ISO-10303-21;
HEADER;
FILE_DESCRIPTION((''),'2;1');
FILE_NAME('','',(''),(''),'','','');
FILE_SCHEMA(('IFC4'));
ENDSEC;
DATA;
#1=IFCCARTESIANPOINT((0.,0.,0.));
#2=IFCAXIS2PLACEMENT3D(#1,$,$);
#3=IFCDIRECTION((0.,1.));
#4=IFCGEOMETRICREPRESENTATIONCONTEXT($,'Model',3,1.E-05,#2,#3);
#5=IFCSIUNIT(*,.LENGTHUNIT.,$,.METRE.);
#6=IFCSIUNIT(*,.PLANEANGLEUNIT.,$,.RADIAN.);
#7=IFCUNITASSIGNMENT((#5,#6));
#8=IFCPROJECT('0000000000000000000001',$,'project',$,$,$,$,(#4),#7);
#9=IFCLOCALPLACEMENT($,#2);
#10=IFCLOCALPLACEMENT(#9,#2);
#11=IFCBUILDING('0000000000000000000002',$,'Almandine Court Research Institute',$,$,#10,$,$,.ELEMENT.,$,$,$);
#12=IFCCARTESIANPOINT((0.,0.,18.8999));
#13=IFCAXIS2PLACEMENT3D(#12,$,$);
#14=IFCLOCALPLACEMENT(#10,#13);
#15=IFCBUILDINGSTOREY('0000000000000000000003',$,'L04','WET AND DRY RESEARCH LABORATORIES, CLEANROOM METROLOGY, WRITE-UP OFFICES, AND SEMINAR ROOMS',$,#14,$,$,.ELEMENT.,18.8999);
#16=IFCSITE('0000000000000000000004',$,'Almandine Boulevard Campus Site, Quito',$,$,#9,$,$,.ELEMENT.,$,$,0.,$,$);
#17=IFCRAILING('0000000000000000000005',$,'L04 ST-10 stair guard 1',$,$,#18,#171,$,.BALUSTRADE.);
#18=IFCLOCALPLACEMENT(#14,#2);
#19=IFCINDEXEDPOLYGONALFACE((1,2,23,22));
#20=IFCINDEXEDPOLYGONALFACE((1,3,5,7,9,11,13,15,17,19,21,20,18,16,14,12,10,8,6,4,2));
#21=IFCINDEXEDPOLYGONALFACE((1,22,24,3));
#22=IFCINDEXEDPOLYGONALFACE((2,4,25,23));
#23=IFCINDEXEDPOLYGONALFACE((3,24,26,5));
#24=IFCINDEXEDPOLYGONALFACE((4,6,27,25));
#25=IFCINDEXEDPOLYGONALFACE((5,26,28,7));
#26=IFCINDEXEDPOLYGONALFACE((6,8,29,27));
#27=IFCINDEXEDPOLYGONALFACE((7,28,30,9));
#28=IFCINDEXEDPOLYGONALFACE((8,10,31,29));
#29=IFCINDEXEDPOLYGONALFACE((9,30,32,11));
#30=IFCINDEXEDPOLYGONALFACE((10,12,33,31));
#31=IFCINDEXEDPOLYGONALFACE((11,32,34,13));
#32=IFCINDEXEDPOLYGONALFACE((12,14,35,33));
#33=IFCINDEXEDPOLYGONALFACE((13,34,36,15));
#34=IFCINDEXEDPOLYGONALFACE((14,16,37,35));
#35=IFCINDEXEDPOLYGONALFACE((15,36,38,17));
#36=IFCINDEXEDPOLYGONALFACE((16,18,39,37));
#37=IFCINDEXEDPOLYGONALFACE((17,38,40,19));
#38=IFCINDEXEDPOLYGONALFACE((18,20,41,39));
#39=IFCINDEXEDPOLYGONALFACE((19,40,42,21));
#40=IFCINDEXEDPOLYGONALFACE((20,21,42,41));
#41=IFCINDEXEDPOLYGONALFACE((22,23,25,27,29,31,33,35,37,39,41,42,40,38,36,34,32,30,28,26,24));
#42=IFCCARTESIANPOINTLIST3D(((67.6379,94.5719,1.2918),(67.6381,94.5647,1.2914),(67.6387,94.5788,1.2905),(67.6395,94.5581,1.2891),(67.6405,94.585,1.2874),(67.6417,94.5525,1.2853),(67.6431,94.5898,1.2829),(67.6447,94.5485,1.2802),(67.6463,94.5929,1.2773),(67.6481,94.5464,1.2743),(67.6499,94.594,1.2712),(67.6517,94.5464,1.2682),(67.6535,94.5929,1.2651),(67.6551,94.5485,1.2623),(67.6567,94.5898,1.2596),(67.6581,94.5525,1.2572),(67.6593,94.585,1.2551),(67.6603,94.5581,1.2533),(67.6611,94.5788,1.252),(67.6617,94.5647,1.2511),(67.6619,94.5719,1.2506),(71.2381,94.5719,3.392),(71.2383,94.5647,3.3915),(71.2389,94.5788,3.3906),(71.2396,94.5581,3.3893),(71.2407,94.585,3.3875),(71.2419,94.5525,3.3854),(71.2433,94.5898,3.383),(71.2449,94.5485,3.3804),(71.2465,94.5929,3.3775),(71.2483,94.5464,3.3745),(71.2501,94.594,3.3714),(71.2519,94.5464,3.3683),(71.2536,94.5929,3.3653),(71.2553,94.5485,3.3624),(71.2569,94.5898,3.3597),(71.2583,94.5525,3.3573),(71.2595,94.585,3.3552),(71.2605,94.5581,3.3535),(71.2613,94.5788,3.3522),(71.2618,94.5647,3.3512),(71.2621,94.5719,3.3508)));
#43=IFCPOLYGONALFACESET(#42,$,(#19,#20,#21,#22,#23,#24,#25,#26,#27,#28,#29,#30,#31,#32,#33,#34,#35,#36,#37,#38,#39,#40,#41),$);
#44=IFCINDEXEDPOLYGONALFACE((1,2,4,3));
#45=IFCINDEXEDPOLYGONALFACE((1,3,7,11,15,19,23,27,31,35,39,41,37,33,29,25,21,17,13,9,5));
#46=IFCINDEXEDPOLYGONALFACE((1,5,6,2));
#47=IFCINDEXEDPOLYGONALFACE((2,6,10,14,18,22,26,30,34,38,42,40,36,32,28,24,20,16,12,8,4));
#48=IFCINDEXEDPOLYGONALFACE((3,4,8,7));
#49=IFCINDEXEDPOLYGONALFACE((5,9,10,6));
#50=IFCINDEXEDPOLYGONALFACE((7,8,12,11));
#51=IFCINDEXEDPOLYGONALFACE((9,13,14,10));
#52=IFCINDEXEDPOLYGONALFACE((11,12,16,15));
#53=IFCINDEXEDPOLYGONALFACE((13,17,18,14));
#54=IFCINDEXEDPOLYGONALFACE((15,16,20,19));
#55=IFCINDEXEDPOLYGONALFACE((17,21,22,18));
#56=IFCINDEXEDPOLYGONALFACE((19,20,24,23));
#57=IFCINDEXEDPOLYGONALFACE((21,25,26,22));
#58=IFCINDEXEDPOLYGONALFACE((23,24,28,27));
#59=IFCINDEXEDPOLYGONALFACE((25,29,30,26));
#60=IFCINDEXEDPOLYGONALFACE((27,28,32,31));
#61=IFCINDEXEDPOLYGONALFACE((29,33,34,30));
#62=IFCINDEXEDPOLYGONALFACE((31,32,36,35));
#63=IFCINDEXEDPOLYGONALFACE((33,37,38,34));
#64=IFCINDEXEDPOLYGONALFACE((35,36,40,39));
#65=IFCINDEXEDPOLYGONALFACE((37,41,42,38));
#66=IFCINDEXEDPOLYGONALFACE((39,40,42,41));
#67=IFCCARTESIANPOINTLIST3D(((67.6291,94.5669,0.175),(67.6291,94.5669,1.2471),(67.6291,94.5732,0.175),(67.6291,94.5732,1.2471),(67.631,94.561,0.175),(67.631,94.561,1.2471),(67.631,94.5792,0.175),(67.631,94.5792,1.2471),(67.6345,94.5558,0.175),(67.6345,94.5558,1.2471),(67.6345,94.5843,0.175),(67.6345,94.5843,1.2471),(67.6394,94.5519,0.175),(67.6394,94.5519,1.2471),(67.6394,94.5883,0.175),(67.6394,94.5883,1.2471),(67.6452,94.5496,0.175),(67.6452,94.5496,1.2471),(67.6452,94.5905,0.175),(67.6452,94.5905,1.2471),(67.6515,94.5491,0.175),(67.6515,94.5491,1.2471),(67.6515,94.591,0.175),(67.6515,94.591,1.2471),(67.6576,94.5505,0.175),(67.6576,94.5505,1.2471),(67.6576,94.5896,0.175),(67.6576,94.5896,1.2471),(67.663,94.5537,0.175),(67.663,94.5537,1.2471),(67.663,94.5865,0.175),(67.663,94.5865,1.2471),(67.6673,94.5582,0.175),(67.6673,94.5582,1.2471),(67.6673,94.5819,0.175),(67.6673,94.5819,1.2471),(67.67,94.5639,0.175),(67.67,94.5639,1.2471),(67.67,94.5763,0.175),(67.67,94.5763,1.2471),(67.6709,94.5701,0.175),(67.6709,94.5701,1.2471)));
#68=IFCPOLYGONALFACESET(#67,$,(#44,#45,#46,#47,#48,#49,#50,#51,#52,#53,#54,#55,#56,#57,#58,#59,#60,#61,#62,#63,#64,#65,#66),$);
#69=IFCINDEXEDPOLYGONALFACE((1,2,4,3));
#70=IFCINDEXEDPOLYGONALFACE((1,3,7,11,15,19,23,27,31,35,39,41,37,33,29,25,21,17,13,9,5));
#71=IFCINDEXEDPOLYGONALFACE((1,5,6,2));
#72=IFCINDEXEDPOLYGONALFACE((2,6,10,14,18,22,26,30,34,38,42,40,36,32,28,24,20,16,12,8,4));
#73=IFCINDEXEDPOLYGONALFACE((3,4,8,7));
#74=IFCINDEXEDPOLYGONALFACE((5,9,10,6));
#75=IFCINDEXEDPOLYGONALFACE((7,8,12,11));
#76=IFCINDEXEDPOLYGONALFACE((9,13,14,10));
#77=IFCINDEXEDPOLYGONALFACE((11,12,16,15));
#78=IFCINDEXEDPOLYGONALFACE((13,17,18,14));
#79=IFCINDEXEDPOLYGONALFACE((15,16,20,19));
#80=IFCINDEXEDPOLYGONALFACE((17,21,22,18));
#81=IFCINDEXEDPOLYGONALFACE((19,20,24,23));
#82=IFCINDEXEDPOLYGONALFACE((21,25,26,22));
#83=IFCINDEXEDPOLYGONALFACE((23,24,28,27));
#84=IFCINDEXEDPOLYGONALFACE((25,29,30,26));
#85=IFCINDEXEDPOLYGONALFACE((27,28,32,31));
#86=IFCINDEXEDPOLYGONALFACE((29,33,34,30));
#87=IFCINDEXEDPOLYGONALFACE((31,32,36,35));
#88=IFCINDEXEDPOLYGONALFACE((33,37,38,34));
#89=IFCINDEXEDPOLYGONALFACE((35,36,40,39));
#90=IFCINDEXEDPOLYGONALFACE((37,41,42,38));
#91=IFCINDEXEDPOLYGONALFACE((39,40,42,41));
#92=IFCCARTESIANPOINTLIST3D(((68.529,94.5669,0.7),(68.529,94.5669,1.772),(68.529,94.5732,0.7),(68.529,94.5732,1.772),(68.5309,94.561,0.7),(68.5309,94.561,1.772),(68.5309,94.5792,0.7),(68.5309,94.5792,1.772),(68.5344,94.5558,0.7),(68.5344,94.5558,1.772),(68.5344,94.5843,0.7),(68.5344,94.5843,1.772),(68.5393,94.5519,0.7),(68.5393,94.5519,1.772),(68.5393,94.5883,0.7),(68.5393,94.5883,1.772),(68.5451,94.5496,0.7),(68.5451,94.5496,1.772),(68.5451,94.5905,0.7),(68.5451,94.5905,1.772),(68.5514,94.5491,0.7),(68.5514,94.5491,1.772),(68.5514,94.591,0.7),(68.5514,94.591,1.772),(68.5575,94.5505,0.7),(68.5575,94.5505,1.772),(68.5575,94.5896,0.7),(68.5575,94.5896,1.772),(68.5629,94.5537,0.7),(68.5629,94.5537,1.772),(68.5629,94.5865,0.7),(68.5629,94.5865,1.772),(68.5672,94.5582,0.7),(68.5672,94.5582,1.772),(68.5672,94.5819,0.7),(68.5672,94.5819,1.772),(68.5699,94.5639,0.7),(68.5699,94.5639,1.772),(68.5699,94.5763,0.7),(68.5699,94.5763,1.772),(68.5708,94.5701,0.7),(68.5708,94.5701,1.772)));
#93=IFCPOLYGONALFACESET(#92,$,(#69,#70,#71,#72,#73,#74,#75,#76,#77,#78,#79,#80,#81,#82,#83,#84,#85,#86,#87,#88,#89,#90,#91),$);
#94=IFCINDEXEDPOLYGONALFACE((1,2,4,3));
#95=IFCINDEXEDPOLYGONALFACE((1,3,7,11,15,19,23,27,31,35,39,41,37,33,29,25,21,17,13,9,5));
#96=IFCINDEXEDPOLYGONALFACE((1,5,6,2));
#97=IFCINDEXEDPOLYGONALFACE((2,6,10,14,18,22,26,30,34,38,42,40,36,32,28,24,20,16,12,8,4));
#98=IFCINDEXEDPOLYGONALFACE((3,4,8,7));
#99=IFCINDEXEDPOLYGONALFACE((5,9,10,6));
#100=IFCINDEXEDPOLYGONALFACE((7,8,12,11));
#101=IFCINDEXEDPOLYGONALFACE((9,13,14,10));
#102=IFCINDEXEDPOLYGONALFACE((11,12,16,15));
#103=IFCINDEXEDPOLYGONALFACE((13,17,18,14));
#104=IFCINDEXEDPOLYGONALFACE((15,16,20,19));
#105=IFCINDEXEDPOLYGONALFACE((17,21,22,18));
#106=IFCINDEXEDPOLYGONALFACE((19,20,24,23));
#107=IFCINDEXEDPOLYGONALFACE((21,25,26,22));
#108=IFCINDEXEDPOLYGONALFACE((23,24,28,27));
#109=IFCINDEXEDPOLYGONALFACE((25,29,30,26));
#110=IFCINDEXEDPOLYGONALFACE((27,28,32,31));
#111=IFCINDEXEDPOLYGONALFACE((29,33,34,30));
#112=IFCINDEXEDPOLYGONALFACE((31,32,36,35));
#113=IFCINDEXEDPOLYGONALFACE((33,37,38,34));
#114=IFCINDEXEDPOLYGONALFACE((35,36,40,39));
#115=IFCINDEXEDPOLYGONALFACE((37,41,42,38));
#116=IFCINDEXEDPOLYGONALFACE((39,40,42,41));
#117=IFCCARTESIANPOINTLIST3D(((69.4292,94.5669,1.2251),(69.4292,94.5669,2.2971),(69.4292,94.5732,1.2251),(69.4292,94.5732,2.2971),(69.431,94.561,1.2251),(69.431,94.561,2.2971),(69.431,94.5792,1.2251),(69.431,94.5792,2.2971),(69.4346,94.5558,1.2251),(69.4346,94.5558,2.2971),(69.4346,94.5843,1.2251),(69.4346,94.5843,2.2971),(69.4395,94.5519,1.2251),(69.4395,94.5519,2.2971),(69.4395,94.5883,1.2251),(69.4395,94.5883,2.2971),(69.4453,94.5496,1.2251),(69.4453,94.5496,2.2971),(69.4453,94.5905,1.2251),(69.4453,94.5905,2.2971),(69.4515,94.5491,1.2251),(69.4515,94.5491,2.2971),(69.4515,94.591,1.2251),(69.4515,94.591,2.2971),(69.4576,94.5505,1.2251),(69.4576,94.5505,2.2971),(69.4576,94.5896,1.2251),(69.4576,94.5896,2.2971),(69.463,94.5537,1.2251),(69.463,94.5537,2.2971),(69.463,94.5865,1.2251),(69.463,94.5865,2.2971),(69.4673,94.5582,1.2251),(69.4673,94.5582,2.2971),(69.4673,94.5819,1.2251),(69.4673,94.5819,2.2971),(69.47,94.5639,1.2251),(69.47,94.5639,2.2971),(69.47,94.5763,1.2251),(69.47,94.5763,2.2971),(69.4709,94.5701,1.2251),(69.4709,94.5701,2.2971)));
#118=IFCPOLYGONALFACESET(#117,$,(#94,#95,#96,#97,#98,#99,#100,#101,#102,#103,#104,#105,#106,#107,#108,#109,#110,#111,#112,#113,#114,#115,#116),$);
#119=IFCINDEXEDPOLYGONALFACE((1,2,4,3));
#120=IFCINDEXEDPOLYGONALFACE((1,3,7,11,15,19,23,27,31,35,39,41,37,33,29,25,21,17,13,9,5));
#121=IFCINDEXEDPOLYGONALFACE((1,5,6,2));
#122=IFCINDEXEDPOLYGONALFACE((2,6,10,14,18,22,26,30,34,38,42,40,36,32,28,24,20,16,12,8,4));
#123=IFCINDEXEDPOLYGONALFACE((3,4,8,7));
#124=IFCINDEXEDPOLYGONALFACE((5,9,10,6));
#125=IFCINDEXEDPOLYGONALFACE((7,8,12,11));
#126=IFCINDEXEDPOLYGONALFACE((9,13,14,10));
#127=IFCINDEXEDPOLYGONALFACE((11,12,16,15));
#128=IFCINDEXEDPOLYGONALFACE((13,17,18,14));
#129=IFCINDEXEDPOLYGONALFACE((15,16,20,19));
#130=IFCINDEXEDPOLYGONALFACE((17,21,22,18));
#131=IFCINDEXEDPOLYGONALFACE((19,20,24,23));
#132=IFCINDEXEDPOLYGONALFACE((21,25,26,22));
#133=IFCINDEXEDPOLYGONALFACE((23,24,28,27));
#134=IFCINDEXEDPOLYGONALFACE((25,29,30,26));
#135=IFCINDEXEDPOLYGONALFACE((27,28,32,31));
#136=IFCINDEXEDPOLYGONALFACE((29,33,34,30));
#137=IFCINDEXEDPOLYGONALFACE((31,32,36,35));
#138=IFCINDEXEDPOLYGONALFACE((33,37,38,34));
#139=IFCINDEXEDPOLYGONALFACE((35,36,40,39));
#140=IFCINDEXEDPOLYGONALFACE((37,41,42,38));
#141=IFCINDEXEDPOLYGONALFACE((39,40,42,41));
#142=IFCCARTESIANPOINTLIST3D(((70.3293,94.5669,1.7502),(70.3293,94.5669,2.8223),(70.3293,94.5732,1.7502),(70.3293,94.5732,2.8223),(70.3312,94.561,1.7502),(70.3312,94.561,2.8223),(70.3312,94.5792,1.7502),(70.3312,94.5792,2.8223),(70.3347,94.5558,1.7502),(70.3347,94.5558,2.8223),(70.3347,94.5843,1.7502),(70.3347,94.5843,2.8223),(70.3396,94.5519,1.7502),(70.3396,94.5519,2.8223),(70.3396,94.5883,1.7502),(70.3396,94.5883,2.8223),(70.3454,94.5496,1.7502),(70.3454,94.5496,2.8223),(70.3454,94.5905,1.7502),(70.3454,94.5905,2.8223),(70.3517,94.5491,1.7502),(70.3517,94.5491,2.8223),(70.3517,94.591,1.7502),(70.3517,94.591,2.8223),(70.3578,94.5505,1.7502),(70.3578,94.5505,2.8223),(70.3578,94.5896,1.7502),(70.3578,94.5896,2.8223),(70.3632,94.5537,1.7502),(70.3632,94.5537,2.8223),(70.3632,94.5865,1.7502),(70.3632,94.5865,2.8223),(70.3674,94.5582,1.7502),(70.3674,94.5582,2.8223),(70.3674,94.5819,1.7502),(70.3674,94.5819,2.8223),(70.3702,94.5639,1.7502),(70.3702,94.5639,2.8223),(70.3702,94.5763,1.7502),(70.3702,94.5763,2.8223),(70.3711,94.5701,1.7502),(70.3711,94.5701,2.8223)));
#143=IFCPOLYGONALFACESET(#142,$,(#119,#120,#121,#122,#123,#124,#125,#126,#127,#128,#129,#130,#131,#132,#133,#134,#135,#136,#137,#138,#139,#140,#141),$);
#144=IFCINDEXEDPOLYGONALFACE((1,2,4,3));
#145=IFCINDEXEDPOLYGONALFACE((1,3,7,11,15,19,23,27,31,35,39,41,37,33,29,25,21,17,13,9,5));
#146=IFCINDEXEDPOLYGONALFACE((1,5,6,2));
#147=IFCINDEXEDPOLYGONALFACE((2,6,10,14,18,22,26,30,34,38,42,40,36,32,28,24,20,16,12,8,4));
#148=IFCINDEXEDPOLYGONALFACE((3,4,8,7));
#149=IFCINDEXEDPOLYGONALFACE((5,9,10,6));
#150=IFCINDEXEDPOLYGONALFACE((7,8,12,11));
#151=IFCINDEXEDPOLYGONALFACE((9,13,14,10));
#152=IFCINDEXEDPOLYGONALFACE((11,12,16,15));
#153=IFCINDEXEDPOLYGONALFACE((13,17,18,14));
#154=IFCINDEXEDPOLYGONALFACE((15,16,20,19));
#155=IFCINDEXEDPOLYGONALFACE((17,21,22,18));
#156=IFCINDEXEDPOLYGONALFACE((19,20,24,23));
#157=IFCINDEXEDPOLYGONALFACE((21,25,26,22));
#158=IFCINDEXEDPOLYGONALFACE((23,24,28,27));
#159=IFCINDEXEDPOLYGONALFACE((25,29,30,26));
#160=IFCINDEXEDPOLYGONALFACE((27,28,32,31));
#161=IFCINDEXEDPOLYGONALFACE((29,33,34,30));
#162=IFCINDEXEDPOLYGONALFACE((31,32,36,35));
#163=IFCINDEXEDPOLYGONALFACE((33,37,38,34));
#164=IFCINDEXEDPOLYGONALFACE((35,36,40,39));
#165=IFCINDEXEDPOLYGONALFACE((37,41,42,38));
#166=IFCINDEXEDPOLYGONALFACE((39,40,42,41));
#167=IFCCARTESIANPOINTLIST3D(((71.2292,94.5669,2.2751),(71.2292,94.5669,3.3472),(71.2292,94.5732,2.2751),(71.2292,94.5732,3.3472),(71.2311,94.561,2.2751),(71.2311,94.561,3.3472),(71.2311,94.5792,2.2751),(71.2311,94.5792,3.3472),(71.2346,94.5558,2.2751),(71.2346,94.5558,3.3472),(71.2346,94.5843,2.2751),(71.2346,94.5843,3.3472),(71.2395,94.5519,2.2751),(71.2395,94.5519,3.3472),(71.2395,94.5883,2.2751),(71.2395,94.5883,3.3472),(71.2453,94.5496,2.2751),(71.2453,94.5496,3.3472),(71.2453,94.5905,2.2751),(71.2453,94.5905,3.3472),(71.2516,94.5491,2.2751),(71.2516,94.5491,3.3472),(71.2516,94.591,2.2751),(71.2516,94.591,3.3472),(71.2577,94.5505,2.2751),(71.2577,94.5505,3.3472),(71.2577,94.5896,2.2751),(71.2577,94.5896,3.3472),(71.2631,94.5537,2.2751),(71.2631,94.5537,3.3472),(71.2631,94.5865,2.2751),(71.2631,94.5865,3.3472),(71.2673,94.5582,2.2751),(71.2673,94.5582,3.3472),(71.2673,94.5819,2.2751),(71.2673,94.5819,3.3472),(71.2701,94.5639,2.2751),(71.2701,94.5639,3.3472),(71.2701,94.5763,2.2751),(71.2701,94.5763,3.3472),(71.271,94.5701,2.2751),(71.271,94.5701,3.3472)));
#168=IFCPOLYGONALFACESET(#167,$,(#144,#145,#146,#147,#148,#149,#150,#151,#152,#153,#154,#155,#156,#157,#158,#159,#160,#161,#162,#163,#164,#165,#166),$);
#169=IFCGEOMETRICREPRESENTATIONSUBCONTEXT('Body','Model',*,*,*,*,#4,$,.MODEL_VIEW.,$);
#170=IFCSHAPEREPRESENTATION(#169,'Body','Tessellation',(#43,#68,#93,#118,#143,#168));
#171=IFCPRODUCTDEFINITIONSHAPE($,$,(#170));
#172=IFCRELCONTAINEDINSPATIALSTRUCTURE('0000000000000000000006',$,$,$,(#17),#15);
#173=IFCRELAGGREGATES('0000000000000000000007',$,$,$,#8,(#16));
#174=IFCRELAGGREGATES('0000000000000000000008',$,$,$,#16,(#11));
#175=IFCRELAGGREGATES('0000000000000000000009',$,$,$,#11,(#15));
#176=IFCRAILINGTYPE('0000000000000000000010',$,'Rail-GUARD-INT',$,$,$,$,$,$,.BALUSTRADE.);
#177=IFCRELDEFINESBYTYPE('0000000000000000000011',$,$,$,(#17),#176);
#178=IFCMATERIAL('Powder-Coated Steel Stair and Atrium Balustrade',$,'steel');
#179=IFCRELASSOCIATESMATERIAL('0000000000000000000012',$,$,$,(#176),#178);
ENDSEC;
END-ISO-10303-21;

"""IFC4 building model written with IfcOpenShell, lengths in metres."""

from ifc_helpers import new_model, si_unit, direction, frame, origin, origin_2d, place, context, subcontext, project, spatial, circle, extrude, material, type_object, element, save


model = new_model("IFC4")

# Units and contexts
model_context = context("Model", 3, precision=1e-05, world=origin(), true_north=direction((0.0, 1.0)))
body_context = subcontext(model_context, "Body", "Model", "MODEL_VIEW")
ifc_project = project(units=[si_unit("LENGTHUNIT", "METRE"), si_unit("PLANEANGLEUNIT", "RADIAN")], contexts=[model_context])

# Site, building, storey
site_placement = place(None, origin())
site = spatial("IfcSite", under=ifc_project, at=site_placement, Name="Almandine Boulevard Campus Site, Quito", CompositionType="ELEMENT", RefElevation=0.0)
building_placement = place(site_placement, origin())
building = spatial("IfcBuilding", under=site, at=building_placement, Name="Almandine Court Research Institute", CompositionType="ELEMENT")
storey_placement = place(building_placement, frame((0.0, 0.0, 18.8999)))
storey = spatial("IfcBuildingStorey", under=building, at=storey_placement, Name="L04", Description="WET AND DRY RESEARCH LABORATORIES, CLEANROOM METROLOGY, WRITE-UP OFFICES, AND SEMINAR ROOMS", CompositionType="ELEMENT", Elevation=18.8999)

# Railing
ifc_material_1 = material(Name="Powder-Coated Steel Stair and Atrium Balustrade", Category="steel")
railing_type = type_object("IfcRailingType", Name="Rail-GUARD-INT", PredefinedType="BALUSTRADE", material=ifc_material_1)
railing_1_placement = place(storey_placement, frame((67.6499, 94.5701, 0.175)))
element("IfcRailing", 1, at=railing_1_placement, inside=storey, type_object=railing_type, Name="L04 ST-10 stair guard 1", PredefinedType="BALUSTRADE", context=body_context, shape_type="SweptSolid", body=[
    extrude(circle(Radius=0.0239, at=origin_2d()), frame((0.0, 0.0, 1.0962), z_axis=(0.863775, 0.0, 0.503878), x_axis=(0.0, 1.0, 0.0)), (0.0, 0.0, 1.0), 4.168),
    extrude(circle(Radius=0.021, at=origin_2d()), origin(), (0.0, 0.0, 1.0), 1.072),
    extrude(circle(Radius=0.021, at=origin_2d()), frame((0.8999, 0.0, 0.5249)), (0.0, 0.0, 1.0), 1.072),
    extrude(circle(Radius=0.021, at=origin_2d()), frame((1.8, 0.0, 1.05)), (0.0, 0.0, 1.0), 1.072),
    extrude(circle(Radius=0.021, at=origin_2d()), frame((2.7002, 0.0, 1.5752)), (0.0, 0.0, 1.0), 1.072),
    extrude(circle(Radius=0.021, at=origin_2d()), frame((3.6001, 0.0, 2.1001)), (0.0, 0.0, 1.0), 1.072),
])

save(model, "model.ifc")
